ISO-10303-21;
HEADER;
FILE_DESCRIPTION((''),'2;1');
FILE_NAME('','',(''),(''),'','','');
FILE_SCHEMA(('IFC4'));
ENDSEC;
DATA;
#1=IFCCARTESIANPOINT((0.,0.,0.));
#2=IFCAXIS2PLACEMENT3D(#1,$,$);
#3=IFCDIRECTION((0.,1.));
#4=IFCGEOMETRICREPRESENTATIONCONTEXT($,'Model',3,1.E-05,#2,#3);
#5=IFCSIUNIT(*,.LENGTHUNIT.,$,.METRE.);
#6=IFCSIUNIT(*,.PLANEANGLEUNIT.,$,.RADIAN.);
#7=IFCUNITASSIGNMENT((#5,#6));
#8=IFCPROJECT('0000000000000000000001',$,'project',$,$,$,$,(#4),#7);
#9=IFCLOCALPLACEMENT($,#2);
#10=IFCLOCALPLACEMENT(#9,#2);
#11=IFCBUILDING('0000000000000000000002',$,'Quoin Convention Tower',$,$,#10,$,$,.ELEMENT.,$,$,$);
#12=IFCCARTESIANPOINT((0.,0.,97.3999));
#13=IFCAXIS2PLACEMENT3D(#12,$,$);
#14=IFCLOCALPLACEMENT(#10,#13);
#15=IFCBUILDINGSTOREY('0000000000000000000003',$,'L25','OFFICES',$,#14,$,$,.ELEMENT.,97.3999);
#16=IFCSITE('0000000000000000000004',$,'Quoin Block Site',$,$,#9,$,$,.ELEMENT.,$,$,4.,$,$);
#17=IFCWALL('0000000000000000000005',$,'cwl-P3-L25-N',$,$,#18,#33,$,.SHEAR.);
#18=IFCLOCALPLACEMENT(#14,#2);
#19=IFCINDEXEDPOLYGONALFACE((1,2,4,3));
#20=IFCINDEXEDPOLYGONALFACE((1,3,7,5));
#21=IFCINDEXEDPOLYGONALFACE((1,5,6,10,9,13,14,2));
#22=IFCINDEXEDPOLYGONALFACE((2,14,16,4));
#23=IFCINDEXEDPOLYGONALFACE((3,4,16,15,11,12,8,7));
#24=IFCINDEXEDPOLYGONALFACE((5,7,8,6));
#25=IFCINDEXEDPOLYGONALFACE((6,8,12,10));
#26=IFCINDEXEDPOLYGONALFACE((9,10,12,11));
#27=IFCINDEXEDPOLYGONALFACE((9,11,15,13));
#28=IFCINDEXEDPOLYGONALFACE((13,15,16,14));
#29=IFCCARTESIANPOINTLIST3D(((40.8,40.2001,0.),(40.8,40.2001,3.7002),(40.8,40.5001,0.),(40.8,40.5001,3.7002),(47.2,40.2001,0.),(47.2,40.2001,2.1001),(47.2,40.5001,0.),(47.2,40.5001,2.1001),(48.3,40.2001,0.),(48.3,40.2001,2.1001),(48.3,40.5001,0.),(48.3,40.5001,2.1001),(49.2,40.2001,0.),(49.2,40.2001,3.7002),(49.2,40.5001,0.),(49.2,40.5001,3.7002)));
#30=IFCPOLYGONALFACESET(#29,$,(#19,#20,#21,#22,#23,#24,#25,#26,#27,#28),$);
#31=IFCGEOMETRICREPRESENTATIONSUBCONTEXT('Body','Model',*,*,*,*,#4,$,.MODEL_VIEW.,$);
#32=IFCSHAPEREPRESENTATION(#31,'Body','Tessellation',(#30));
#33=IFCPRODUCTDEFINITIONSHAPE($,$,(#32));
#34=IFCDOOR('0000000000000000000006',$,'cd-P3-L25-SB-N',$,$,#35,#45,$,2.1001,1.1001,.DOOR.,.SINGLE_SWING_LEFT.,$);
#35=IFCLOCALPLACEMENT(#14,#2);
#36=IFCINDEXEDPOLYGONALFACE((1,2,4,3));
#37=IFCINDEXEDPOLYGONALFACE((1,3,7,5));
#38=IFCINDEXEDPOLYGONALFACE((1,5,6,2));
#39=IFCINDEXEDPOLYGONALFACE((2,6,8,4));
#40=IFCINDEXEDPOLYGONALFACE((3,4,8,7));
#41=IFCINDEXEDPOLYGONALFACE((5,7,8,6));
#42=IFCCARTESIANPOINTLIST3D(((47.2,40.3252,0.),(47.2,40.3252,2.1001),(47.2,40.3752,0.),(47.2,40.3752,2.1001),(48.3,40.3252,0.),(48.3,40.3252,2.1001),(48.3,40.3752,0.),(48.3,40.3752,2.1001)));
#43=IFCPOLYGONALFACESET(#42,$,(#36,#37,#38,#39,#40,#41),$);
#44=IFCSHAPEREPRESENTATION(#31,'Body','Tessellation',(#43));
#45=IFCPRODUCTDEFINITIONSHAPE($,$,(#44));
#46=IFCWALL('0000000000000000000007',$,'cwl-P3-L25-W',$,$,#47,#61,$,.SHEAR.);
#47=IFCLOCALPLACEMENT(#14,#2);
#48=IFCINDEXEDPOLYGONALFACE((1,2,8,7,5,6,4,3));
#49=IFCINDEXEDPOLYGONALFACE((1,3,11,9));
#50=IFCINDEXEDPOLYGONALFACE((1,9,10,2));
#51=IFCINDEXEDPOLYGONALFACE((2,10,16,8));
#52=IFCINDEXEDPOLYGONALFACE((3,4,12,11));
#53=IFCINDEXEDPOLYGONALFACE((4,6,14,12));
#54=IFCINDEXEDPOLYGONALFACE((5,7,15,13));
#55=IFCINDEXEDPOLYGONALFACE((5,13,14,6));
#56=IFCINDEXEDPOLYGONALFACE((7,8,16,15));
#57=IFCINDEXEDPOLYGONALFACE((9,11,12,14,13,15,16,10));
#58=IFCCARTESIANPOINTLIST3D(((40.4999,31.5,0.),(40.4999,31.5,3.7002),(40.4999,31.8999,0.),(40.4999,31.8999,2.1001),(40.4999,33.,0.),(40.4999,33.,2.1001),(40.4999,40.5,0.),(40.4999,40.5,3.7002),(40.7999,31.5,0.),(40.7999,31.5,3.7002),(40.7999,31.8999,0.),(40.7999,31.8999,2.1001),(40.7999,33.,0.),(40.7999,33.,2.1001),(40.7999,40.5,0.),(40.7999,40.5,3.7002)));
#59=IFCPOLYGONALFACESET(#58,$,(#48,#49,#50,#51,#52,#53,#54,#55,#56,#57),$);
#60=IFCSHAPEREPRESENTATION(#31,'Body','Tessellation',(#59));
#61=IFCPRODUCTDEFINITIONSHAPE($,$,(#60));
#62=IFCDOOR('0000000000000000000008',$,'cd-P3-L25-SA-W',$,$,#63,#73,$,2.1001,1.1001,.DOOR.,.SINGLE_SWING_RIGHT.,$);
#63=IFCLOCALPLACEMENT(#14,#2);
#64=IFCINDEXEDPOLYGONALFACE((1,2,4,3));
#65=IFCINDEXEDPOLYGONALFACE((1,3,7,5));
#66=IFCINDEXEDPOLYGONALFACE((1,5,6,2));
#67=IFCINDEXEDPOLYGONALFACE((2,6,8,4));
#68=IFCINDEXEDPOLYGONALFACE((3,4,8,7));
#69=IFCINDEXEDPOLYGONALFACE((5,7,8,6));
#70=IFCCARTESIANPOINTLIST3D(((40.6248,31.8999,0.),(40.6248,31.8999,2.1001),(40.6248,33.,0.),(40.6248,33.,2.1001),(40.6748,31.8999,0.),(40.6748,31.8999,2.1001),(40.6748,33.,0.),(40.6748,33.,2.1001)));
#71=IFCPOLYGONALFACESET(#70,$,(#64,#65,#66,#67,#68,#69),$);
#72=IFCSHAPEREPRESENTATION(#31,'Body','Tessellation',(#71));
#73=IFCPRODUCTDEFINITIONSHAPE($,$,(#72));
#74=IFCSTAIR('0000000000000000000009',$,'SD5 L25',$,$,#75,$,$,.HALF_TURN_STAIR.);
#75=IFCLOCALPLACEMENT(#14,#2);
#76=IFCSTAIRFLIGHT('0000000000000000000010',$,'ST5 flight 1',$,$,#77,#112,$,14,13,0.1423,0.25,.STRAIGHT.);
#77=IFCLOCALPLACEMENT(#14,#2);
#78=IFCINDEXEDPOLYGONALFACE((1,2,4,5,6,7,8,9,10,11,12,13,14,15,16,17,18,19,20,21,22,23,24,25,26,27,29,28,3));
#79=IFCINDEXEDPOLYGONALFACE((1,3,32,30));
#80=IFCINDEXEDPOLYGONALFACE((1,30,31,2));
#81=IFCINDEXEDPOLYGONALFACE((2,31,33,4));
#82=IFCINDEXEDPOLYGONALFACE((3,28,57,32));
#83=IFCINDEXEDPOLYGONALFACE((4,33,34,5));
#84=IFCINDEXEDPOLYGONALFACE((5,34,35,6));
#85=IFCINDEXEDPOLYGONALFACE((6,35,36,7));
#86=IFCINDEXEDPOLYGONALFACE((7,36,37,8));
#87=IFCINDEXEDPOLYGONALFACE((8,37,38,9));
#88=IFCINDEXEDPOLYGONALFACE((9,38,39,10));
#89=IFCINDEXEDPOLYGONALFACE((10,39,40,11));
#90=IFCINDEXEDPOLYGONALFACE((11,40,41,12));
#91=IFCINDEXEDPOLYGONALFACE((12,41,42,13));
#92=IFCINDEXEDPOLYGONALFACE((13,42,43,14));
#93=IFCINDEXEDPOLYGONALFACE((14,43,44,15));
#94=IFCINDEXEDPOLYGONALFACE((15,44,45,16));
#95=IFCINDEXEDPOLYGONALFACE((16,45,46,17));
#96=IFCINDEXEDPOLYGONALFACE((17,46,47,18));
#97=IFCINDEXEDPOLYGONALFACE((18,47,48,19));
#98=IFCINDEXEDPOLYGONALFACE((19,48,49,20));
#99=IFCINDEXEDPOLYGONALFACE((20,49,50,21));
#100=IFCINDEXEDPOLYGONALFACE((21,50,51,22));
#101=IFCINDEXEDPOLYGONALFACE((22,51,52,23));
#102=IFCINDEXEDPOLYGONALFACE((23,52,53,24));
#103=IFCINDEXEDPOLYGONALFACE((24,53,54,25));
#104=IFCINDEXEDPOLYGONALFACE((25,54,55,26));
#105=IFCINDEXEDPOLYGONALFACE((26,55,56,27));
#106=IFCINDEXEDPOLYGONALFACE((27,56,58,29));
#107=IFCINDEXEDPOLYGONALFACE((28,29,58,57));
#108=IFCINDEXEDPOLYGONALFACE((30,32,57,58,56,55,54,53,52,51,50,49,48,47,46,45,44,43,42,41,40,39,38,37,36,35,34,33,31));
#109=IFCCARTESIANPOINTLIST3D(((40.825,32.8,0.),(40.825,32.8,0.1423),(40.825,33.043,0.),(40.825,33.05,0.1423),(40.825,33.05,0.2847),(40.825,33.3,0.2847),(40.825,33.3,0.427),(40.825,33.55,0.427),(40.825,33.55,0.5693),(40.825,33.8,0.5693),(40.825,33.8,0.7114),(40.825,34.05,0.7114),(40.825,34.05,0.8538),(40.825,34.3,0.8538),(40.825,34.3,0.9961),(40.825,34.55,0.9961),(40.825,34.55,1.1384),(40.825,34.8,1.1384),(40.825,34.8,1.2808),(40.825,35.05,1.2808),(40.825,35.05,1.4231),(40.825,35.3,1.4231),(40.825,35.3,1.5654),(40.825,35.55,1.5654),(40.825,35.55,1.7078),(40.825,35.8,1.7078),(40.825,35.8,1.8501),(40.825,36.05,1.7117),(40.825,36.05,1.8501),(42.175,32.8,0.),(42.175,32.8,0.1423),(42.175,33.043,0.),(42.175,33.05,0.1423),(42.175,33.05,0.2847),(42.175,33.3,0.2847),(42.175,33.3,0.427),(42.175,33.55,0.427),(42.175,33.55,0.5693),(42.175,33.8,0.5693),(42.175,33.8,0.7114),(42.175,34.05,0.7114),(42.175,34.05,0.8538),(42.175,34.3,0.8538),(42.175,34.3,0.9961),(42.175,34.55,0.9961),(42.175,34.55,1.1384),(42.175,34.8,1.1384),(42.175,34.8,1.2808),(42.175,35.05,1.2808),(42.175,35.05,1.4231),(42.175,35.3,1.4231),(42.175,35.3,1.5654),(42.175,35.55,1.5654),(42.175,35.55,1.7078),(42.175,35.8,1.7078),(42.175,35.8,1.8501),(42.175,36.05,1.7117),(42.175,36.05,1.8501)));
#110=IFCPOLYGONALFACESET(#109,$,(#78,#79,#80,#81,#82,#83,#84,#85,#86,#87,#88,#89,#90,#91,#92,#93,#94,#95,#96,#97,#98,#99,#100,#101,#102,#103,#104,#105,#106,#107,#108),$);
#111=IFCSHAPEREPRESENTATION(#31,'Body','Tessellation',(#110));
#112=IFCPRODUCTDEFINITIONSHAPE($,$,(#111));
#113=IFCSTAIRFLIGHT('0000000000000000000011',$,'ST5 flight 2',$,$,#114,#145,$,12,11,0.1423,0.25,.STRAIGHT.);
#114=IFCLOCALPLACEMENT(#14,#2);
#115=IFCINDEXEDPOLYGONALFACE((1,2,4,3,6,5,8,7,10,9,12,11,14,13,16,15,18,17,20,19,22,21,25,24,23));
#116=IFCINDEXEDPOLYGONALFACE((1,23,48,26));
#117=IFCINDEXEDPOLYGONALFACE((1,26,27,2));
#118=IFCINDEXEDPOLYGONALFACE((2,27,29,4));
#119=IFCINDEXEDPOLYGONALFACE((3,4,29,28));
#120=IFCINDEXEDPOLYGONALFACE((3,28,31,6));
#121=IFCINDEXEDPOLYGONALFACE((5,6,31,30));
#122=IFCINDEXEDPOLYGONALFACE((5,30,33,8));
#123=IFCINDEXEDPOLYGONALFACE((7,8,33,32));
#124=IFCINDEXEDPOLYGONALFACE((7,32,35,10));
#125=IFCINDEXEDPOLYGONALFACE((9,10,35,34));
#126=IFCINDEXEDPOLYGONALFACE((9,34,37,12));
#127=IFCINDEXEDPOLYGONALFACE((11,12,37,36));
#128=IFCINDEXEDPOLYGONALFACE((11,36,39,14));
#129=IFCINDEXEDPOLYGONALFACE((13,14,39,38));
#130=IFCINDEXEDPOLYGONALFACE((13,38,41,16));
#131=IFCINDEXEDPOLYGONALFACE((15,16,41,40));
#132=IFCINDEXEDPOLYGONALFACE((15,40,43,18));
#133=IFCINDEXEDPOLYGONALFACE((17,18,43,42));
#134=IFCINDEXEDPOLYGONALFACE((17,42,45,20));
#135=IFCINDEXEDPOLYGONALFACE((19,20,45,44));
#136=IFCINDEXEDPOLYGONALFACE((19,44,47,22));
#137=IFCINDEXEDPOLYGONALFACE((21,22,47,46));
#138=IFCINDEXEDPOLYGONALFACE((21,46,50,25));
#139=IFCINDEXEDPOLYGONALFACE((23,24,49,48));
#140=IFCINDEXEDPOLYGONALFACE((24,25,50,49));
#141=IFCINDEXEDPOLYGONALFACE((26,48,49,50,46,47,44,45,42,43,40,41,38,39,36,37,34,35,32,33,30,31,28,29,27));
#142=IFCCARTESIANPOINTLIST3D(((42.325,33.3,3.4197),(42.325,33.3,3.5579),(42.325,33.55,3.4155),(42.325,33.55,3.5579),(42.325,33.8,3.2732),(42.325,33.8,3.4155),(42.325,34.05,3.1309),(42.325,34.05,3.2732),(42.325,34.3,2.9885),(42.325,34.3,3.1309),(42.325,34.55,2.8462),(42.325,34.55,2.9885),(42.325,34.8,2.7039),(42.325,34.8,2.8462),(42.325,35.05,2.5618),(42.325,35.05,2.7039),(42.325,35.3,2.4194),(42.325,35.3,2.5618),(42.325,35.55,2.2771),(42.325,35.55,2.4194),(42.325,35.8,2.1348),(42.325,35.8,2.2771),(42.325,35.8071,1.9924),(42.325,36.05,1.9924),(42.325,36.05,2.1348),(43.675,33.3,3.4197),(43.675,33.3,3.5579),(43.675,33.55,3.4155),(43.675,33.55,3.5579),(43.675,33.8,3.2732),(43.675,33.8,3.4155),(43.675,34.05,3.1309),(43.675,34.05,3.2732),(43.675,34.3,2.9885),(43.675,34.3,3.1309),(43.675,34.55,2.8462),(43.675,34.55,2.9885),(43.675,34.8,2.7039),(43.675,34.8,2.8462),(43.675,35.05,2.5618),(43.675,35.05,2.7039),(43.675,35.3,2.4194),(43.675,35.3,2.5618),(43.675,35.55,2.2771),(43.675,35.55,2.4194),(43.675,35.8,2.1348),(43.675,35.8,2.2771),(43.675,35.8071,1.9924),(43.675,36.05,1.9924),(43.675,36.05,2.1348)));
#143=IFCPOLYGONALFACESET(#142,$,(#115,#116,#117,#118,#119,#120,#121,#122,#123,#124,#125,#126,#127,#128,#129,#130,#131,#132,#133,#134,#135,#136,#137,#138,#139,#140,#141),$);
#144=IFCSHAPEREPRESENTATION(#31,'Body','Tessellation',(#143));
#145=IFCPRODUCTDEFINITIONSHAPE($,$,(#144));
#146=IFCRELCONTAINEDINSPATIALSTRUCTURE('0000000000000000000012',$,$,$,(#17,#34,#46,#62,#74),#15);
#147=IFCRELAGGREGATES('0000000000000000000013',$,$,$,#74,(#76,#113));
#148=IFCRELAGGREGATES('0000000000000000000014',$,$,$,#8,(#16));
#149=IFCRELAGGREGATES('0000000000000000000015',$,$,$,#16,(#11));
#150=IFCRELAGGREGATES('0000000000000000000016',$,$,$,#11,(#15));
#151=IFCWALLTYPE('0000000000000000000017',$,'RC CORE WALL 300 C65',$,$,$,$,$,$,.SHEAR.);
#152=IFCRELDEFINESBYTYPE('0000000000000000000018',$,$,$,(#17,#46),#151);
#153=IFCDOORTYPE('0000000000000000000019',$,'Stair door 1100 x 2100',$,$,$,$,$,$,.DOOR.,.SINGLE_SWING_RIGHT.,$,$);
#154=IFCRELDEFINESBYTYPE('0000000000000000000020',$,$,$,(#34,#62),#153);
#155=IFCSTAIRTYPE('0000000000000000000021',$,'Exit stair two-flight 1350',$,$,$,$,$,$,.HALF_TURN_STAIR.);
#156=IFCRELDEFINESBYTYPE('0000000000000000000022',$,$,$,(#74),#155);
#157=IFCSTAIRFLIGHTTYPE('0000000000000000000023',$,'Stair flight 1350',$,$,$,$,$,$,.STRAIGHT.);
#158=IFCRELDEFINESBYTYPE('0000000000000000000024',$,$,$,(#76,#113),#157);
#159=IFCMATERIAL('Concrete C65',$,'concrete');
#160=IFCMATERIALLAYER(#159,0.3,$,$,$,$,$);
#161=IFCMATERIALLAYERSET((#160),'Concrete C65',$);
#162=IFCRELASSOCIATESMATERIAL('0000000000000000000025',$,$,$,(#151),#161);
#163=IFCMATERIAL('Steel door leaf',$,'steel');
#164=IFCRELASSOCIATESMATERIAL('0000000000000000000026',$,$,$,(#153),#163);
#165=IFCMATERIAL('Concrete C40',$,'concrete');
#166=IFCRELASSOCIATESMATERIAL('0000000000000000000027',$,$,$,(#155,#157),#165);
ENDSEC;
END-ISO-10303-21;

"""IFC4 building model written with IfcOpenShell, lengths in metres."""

from ifc_helpers import new_model, si_unit, direction, frame, frame_2d, origin, place, context, subcontext, project, spatial, polyline, rectangle, outline, extrude, material, layer, layer_set, type_object, element, fill, aggregate, save


model = new_model("IFC4")

# Units and contexts
model_context = context("Model", 3, precision=1e-05, world=origin(), true_north=direction((0.0, 1.0)))
body_context = subcontext(model_context, "Body", "Model", "MODEL_VIEW")
ifc_project = project(units=[si_unit("LENGTHUNIT", "METRE"), si_unit("PLANEANGLEUNIT", "RADIAN")], contexts=[model_context])

# Site, building, storey
site_placement = place(None, origin())
site = spatial("IfcSite", under=ifc_project, at=site_placement, Name="Quoin Block Site", CompositionType="ELEMENT", RefElevation=4.0)
building_placement = place(site_placement, origin())
building = spatial("IfcBuilding", under=site, at=building_placement, Name="Quoin Convention Tower", CompositionType="ELEMENT")
storey_placement = place(building_placement, frame((0.0, 0.0, 97.3999)))
storey = spatial("IfcBuildingStorey", under=building, at=storey_placement, Name="L25", Description="OFFICES", CompositionType="ELEMENT", Elevation=97.3999)

# Shared definitions
ifc_material_1 = material(Name="Concrete C65", Category="concrete")

# Shared definitions
ifc_material_2 = material(Name="Steel door leaf", Category="steel")

# Walls, openings, doors
ifc_layer_1 = layer(ifc_material_1, 0.3)
ifc_layer_set_1 = layer_set([ifc_layer_1], Name="Concrete C65")
wall_type_1 = type_object("IfcWallType", Name="RC CORE WALL 300 C65", PredefinedType="SHEAR", material=ifc_layer_set_1)
wall_1_placement = place(storey_placement, frame((40.8, 40.3501, 0.0), z_axis=(0.0, 0.0, 1.0), x_axis=(1.0, 0.0, 0.0)))
wall_1 = element("IfcWall", 1, at=wall_1_placement, inside=storey, type_object=wall_type_1, Name="cwl-P3-L25-N", PredefinedType="SHEAR", context=body_context, shape_type="SweptSolid", body=[
    extrude(rectangle(XDim=8.3999, YDim=0.3, at=frame_2d((4.2, 0.0))), origin(), (0.0, 0.0, 1.0), 3.7002),
])
opening_1_placement = place(wall_1_placement, frame((6.3999, 0.0, 0.0)))
opening_1 = element("IfcOpeningElement", 2, at=opening_1_placement, cuts=wall_1, PredefinedType="OPENING", context=body_context, shape_type="SweptSolid", body=[
    extrude(rectangle(XDim=1.1001, YDim=2.1001, at=frame_2d((0.55, 1.05))), frame((0.0, 0.1599, 0.0), z_axis=(0.0, -1.0, 0.0), x_axis=(1.0, 0.0, 0.0)), (0.0, 0.0, 1.0), 0.3201),
])
door_type_1 = type_object("IfcDoorType", Name="Stair door 1100 x 2100", OperationType="SINGLE_SWING_RIGHT", PredefinedType="DOOR", material=ifc_material_2)
door_1_placement = place(opening_1_placement, frame((1.1001, 0.0, 0.0), z_axis=(0.0, 0.0, 1.0), x_axis=(-1.0, 0.0, 0.0)))
door_1 = element("IfcDoor", 3, at=door_1_placement, inside=storey, type_object=door_type_1, Name="cd-P3-L25-SB-N", OperationType="SINGLE_SWING_LEFT", OverallHeight=2.1001, OverallWidth=1.1001, PredefinedType="DOOR", context=body_context, shape_type="SweptSolid", body=[
    extrude(rectangle(XDim=1.1001, YDim=2.1001, at=frame_2d((0.55, 1.05))), frame((0.0, 0.0249, 0.0), z_axis=(0.0, -1.0, 0.0), x_axis=(1.0, 0.0, 0.0)), (0.0, 0.0, 1.0), 0.05),
])
fill(opening_1, door_1)
wall_2_placement = place(storey_placement, frame((40.6499, 31.5, 0.0), z_axis=(0.0, 0.0, 1.0), x_axis=(0.0, 1.0, 0.0)))
wall_2 = element("IfcWall", 4, at=wall_2_placement, inside=storey, type_object=wall_type_1, Name="cwl-P3-L25-W", PredefinedType="SHEAR", context=body_context, shape_type="SweptSolid", body=[
    extrude(rectangle(XDim=9.0, YDim=0.3, at=frame_2d((4.5, 0.0))), origin(), (0.0, 0.0, 1.0), 3.7002),
])
opening_2_placement = place(wall_2_placement, frame((0.3999, 0.0, 0.0)))
opening_2 = element("IfcOpeningElement", 5, at=opening_2_placement, cuts=wall_2, PredefinedType="OPENING", context=body_context, shape_type="SweptSolid", body=[
    extrude(rectangle(XDim=1.1001, YDim=2.1001, at=frame_2d((0.55, 1.05))), frame((0.0, 0.1599, 0.0), z_axis=(0.0, -1.0, 0.0), x_axis=(1.0, 0.0, 0.0)), (0.0, 0.0, 1.0), 0.3201),
])
door_2_placement = place(opening_2_placement, frame((1.1001, 0.0, 0.0), z_axis=(0.0, 0.0, 1.0), x_axis=(-1.0, 0.0, 0.0)))
door_2 = element("IfcDoor", 6, at=door_2_placement, inside=storey, type_object=door_type_1, Name="cd-P3-L25-SA-W", OperationType="SINGLE_SWING_RIGHT", OverallHeight=2.1001, OverallWidth=1.1001, PredefinedType="DOOR", context=body_context, shape_type="SweptSolid", body=[
    extrude(rectangle(XDim=1.1001, YDim=2.1001, at=frame_2d((0.55, 1.05))), frame((0.0, 0.0249, 0.0), z_axis=(0.0, -1.0, 0.0), x_axis=(1.0, 0.0, 0.0)), (0.0, 0.0, 1.0), 0.05),
])
fill(opening_2, door_2)

# Stair, stair flights
ifc_material_3 = material(Name="Concrete C40", Category="concrete")
stair_type = type_object("IfcStairType", Name="Exit stair two-flight 1350", PredefinedType="HALF_TURN_STAIR", material=ifc_material_3)
stair_placement = place(storey_placement, origin())
stair = element("IfcStair", 7, at=stair_placement, inside=storey, type_object=stair_type, Name="SD5 L25", PredefinedType="HALF_TURN_STAIR")
stair_flight_type = type_object("IfcStairFlightType", Name="Stair flight 1350", PredefinedType="STRAIGHT", material=ifc_material_3)
stair_flight_1_placement = place(storey_placement, frame((41.5, 32.8, 0.0), z_axis=(0.0, 0.0, 1.0), x_axis=(0.0, 1.0, 0.0)))
stair_flight_1 = element("IfcStairFlight", 8, at=stair_flight_1_placement, type_object=stair_flight_type, Name="ST5 flight 1", NumberOfRisers=14, NumberOfTreads=13, PredefinedType="STRAIGHT", RiserHeight=0.1423, TreadLength=0.25, context=body_context, shape_type="SweptSolid", body=[
    extrude(outline(polyline([(0.0, 0.0), (0.0, 0.1423), (0.25, 0.1423), (0.25, 0.2847), (0.5, 0.2847), (0.5, 0.427), (0.75, 0.427), (0.75, 0.5693), (1.0, 0.5693), (1.0, 0.7114), (1.25, 0.7114), (1.25, 0.8538), (1.5, 0.8538), (1.5, 0.9961), (1.75, 0.9961), (1.75, 1.1384), (2.0, 1.1384), (2.0, 1.2808), (2.25, 1.2808), (2.25, 1.4231), (2.5, 1.4231), (2.5, 1.5654), (2.75, 1.5654), (2.75, 1.7078), (3.0, 1.7078), (3.0, 1.8501), (3.25, 1.8501), (3.25, 1.9922), (3.25, 1.7117), (0.2429, 0.0), (0.0, 0.0)])), frame((0.0, 0.675, 0.0), z_axis=(0.0, -1.0, 0.0), x_axis=(1.0, 0.0, 0.0)), (0.0, 0.0, 1.0), 1.3501),
])
stair_flight_2_placement = place(storey_placement, frame((43.0, 36.05, 1.9924), z_axis=(0.0, 0.0, 1.0), x_axis=(0.0, -1.0, 0.0)))
stair_flight_2 = element("IfcStairFlight", 9, at=stair_flight_2_placement, type_object=stair_flight_type, Name="ST5 flight 2", NumberOfRisers=12, NumberOfTreads=11, PredefinedType="STRAIGHT", RiserHeight=0.1423, TreadLength=0.25, context=body_context, shape_type="SweptSolid", body=[
    extrude(outline(polyline([(0.0, 0.0), (0.0, 0.1423), (0.25, 0.1423), (0.25, 0.2847), (0.5, 0.2847), (0.5, 0.427), (0.75, 0.427), (0.75, 0.5693), (1.0, 0.5693), (1.0, 0.7114), (1.25, 0.7114), (1.25, 0.8538), (1.5, 0.8538), (1.5, 0.9961), (1.75, 0.9961), (1.75, 1.1384), (2.0, 1.1384), (2.0, 1.2808), (2.25, 1.2808), (2.25, 1.4231), (2.5, 1.4231), (2.5, 1.5654), (2.75, 1.5654), (2.75, 1.7078), (2.75, 1.4272), (0.2429, 0.0), (0.0, 0.0)])), frame((0.0, 0.675, 0.0), z_axis=(0.0, -1.0, 0.0), x_axis=(1.0, 0.0, 0.0)), (0.0, 0.0, 1.0), 1.3501),
])
aggregate(stair, [stair_flight_1, stair_flight_2])

save(model, "model.ifc")
